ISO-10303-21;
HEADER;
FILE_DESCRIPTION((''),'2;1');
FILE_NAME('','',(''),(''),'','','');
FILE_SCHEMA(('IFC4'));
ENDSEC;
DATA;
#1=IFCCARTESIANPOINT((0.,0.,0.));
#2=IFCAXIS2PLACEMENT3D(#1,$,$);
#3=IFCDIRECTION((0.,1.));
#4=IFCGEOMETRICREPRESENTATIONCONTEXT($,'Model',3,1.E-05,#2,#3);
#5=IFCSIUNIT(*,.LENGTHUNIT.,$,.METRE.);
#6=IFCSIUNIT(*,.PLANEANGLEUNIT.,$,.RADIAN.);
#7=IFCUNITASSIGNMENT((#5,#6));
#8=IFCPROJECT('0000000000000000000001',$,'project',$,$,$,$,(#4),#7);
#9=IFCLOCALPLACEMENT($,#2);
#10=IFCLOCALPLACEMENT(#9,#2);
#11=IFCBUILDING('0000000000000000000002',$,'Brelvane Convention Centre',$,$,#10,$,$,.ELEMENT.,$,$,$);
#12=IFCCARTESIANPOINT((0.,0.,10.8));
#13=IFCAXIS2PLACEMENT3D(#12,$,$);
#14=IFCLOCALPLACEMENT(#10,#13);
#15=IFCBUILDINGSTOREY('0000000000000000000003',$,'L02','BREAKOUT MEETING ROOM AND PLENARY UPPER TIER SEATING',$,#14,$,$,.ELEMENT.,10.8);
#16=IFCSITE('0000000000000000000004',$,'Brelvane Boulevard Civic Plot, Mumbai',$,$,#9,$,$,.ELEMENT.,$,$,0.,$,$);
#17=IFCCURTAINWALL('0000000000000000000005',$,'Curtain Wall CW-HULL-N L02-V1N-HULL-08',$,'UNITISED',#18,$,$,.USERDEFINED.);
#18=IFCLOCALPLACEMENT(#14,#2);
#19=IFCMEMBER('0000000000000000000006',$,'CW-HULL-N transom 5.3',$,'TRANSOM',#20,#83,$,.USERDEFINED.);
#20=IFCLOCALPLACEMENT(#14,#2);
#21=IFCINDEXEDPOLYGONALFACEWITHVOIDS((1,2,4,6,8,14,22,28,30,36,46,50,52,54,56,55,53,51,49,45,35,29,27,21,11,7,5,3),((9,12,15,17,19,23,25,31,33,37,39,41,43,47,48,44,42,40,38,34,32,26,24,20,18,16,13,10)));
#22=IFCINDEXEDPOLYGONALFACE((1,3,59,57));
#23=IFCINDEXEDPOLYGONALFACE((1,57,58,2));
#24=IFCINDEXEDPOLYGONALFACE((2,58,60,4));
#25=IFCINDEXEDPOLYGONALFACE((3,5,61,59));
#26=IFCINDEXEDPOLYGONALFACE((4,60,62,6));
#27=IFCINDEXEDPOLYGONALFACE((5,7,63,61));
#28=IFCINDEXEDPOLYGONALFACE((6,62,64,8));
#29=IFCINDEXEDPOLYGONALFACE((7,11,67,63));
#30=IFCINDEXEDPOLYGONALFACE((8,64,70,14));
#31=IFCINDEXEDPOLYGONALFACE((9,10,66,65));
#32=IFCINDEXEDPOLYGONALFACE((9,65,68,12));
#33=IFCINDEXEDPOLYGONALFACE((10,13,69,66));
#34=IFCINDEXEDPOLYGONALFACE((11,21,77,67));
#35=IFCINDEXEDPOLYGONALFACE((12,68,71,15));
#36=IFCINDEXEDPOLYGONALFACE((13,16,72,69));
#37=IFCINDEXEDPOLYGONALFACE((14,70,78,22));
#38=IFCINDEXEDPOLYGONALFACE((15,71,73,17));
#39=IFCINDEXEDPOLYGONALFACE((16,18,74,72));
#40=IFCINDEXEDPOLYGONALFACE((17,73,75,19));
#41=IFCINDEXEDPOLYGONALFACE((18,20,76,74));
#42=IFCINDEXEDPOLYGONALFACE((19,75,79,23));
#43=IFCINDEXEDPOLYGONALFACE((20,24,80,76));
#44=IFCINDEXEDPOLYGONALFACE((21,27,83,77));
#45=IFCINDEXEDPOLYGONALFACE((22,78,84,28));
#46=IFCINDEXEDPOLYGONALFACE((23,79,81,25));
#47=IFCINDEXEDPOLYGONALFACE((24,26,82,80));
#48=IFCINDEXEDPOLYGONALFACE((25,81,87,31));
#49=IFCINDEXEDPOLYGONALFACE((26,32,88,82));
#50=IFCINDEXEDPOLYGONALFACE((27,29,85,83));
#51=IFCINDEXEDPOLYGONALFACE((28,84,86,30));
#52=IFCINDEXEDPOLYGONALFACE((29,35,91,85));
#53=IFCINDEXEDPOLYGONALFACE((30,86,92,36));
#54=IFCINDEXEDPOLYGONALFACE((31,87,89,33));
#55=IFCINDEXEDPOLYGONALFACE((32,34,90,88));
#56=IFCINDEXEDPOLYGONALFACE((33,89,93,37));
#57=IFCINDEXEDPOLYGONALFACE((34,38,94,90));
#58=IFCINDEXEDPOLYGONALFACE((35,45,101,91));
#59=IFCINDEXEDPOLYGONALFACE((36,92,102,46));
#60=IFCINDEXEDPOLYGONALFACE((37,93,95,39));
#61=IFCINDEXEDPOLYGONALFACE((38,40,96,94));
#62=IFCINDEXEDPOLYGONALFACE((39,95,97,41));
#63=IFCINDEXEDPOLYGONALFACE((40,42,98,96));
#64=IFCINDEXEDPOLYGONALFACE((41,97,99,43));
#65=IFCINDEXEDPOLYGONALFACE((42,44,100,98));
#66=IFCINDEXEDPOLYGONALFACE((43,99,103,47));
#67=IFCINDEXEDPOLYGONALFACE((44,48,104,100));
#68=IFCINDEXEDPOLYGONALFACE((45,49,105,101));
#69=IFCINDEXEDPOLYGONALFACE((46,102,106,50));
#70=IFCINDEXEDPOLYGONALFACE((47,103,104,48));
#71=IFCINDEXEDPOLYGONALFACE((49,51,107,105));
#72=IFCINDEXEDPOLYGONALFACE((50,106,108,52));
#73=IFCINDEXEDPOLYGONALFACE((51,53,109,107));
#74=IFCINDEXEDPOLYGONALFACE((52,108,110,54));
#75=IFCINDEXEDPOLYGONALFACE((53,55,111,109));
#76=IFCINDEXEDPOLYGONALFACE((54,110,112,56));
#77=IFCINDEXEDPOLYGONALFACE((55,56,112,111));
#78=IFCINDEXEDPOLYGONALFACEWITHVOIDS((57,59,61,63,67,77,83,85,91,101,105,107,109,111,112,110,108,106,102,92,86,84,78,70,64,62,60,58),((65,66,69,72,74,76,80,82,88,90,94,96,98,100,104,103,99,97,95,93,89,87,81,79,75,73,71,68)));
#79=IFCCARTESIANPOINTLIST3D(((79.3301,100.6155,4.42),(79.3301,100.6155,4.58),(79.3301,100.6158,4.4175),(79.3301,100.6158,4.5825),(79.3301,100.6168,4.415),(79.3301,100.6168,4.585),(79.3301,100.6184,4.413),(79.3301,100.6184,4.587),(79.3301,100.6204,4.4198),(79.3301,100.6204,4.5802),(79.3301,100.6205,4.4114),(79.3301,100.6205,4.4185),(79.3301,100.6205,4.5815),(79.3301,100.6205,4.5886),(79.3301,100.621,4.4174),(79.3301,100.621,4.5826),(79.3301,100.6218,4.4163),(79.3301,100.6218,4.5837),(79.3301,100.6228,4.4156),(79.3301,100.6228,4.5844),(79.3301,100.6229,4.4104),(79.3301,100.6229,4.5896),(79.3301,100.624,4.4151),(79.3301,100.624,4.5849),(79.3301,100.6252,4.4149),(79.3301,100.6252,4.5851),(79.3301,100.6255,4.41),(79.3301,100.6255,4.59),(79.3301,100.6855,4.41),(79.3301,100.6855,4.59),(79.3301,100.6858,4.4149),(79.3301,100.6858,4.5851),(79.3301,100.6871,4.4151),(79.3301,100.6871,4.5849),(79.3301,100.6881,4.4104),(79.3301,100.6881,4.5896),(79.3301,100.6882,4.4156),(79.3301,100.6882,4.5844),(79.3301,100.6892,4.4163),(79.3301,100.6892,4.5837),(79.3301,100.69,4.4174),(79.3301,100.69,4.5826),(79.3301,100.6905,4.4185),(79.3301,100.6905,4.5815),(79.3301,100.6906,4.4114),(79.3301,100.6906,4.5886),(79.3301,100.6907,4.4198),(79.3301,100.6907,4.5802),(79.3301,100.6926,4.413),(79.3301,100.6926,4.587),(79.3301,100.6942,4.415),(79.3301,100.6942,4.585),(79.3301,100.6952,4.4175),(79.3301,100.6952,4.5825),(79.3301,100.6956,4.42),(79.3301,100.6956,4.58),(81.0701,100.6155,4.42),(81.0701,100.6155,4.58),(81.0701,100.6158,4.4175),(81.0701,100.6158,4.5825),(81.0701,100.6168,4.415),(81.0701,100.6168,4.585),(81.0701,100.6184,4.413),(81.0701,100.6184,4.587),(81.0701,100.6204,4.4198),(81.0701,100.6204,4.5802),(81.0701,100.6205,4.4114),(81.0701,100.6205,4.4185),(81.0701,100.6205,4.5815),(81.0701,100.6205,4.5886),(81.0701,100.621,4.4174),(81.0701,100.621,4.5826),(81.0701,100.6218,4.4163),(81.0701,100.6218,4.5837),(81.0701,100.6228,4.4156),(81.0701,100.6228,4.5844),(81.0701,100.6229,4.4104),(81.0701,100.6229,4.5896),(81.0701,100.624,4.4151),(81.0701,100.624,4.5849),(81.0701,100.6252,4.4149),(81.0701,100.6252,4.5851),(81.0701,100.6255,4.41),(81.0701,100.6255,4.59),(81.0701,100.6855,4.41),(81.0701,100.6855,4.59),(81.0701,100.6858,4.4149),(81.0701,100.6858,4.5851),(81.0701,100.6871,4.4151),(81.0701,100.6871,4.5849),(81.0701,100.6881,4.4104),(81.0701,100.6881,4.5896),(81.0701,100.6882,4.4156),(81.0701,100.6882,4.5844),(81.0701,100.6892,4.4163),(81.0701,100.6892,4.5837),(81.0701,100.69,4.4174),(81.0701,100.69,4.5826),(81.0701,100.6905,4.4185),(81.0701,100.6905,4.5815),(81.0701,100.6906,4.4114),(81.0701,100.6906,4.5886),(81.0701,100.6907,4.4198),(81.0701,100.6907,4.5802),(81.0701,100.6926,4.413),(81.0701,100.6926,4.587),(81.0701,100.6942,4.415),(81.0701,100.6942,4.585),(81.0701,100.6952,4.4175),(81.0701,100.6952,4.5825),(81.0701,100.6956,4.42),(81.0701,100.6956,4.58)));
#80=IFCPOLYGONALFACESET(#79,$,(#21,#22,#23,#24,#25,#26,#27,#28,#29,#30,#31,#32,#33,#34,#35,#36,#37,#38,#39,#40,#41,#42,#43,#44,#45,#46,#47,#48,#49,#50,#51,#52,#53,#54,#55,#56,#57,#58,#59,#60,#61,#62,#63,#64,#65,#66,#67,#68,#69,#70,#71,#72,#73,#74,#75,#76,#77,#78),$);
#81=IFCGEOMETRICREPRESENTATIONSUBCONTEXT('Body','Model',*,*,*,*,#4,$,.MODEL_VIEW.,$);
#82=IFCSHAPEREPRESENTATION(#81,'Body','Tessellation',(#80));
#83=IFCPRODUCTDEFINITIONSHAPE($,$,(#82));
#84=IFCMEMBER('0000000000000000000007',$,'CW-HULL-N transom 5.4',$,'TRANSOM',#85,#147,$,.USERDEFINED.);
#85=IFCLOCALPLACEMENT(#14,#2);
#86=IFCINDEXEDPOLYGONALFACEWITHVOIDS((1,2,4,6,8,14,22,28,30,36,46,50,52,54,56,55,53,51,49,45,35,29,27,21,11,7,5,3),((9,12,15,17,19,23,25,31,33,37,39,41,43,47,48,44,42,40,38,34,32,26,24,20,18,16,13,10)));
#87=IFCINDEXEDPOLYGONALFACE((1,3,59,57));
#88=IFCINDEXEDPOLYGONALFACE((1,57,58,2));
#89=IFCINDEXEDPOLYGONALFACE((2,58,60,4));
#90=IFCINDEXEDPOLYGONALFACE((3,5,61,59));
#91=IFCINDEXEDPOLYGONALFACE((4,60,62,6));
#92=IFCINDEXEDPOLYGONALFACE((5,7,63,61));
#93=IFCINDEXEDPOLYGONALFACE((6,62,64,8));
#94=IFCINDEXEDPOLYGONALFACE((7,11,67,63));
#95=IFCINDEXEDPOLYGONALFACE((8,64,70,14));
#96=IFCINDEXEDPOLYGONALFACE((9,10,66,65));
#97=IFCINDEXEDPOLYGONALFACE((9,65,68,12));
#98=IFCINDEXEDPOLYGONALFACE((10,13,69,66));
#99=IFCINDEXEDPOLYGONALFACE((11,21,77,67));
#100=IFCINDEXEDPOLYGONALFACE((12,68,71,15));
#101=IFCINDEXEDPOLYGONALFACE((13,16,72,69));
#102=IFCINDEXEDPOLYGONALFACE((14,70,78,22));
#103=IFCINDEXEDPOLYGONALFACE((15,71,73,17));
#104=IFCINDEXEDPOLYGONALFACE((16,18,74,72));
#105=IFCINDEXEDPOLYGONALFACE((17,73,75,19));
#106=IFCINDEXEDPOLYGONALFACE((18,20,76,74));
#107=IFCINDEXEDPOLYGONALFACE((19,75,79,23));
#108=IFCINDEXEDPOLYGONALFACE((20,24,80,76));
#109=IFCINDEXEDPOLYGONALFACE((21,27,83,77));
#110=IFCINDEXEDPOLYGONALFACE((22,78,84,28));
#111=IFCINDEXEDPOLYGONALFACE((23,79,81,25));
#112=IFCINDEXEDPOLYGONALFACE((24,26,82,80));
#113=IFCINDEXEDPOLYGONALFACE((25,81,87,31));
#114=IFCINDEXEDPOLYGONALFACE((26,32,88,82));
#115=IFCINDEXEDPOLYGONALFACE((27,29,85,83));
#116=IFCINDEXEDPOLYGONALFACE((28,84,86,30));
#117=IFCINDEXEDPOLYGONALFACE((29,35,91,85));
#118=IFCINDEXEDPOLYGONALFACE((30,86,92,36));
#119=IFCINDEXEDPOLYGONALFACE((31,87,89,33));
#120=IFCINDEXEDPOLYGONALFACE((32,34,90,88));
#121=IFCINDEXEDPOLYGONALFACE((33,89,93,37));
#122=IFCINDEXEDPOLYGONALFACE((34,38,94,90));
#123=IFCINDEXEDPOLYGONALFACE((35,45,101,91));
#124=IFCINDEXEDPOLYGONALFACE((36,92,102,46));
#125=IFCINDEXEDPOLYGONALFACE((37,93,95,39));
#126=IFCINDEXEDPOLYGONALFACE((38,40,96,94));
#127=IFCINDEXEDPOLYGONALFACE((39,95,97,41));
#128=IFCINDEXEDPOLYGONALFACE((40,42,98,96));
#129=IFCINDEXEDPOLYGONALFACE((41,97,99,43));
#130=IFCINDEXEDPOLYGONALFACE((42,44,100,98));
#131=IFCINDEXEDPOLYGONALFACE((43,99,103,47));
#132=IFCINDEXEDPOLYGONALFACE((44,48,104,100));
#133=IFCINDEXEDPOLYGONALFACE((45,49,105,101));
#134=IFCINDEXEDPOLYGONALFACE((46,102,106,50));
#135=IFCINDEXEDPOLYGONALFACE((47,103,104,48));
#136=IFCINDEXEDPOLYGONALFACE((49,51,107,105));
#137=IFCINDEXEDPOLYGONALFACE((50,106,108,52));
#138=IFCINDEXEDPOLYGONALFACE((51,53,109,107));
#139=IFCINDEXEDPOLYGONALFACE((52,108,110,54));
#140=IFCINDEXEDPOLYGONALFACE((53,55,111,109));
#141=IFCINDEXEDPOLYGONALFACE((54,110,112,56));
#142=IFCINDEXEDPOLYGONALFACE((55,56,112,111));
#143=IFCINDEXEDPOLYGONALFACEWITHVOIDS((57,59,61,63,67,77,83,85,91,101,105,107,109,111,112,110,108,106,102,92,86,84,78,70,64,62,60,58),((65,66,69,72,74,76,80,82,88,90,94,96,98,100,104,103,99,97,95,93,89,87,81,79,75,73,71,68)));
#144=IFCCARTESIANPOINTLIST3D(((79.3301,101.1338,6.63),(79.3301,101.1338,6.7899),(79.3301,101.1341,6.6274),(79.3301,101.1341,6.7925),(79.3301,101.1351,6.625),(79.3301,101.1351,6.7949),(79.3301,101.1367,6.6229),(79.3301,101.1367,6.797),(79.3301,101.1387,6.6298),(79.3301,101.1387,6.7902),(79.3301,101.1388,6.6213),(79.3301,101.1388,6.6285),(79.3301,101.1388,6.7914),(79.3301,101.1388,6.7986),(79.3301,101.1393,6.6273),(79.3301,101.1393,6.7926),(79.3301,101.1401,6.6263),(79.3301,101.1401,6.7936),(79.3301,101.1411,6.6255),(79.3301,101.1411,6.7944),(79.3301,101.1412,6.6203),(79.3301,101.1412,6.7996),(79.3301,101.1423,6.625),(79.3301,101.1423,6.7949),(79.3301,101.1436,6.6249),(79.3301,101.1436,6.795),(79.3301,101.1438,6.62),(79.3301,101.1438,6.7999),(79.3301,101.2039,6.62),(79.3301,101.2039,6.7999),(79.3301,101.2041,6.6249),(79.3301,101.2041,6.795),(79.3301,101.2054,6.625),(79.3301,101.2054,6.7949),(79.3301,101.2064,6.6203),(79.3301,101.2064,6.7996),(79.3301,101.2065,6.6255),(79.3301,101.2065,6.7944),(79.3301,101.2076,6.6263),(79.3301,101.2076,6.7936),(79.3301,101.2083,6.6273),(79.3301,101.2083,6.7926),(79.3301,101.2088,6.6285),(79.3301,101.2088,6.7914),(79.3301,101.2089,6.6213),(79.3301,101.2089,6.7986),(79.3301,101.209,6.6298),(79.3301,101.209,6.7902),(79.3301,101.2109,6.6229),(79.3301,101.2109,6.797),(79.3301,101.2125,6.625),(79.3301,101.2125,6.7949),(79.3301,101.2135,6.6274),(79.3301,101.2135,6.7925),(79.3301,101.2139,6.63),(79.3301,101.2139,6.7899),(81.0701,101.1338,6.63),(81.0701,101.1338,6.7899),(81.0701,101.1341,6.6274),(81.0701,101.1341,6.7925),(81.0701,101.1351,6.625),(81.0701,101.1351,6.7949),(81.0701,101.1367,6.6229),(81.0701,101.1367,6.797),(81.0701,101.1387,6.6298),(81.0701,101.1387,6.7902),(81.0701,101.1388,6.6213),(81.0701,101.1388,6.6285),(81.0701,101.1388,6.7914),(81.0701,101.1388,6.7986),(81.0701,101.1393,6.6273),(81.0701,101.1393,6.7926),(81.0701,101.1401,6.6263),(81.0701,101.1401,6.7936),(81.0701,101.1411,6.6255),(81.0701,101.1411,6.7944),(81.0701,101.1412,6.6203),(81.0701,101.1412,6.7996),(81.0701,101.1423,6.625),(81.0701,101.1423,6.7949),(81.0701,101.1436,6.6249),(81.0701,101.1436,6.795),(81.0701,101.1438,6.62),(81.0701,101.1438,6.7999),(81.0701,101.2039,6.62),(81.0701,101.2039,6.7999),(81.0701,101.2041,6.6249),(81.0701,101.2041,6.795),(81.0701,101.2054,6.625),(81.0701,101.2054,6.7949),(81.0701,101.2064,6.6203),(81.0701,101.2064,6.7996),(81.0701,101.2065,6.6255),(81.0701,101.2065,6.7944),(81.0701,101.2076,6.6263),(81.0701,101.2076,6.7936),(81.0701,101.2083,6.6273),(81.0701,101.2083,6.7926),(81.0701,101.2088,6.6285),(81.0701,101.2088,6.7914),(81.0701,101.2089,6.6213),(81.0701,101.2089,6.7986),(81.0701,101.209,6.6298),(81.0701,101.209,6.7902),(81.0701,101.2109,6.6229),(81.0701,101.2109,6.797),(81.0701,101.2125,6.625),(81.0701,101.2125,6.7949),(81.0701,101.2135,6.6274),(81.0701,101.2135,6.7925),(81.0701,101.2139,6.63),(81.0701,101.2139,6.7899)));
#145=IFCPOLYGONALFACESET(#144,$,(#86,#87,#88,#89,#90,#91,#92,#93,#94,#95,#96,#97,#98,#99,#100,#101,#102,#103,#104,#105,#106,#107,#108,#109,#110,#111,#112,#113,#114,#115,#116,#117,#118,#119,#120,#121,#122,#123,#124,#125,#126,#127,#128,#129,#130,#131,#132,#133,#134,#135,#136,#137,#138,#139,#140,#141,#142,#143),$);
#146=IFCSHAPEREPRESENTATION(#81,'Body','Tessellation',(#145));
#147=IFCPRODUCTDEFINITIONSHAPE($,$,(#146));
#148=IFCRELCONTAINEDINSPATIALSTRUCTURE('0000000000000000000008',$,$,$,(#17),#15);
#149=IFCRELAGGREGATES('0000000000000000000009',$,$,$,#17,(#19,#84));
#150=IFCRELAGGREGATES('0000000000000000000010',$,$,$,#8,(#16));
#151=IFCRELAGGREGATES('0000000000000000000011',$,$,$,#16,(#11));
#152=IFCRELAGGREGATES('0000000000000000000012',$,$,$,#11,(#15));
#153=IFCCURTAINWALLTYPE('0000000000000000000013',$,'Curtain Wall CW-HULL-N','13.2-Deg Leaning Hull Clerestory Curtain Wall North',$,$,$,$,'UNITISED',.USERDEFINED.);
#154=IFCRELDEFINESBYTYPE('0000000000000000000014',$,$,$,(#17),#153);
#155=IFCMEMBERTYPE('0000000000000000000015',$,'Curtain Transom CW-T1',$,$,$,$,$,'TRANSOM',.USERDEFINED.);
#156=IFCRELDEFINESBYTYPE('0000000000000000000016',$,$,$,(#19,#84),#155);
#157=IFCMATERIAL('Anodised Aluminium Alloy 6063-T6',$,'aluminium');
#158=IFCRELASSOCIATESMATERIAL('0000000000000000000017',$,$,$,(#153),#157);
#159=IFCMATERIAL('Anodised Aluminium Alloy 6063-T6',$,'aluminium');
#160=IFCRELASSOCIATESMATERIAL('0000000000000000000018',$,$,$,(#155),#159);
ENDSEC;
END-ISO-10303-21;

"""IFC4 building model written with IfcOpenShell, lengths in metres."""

from ifc_helpers import new_model, si_unit, direction, frame, origin, origin_2d, place, context, subcontext, project, spatial, hollow_rectangle, extrude, material, material_profile, profile_set, type_object, element, aggregate, save


model = new_model("IFC4")

# Units and contexts
model_context = context("Model", 3, precision=1e-05, world=origin(), true_north=direction((0.0, 1.0)))
body_context = subcontext(model_context, "Body", "Model", "MODEL_VIEW")
ifc_project = project(units=[si_unit("LENGTHUNIT", "METRE"), si_unit("PLANEANGLEUNIT", "RADIAN")], contexts=[model_context])

# Site, building, storey
site_placement = place(None, origin())
site = spatial("IfcSite", under=ifc_project, at=site_placement, Name="Brelvane Boulevard Civic Plot, Mumbai", CompositionType="ELEMENT", RefElevation=0.0)
building_placement = place(site_placement, origin())
building = spatial("IfcBuilding", under=site, at=building_placement, Name="Brelvane Convention Centre", CompositionType="ELEMENT")
storey_placement = place(building_placement, frame((0.0, 0.0, 10.8)))
storey = spatial("IfcBuildingStorey", under=building, at=storey_placement, Name="L02", Description="BREAKOUT MEETING ROOM AND PLENARY UPPER TIER SEATING", CompositionType="ELEMENT", Elevation=10.8)

# Curtain wall
ifc_material_1 = material(Name="Anodised Aluminium Alloy 6063-T6", Category="aluminium")
curtain_wall_type = type_object("IfcCurtainWallType", Name="Curtain Wall CW-HULL-N", Description="13.2-Deg Leaning Hull Clerestory Curtain Wall North", ElementType="UNITISED", PredefinedType="USERDEFINED", material=ifc_material_1)
curtain_wall_1_placement = place(storey_placement, origin())
curtain_wall_1 = element("IfcCurtainWall", 1, at=curtain_wall_1_placement, inside=storey, type_object=curtain_wall_type, Name="Curtain Wall CW-HULL-N L02-V1N-HULL-08", ObjectType="UNITISED", PredefinedType="USERDEFINED")

# Members
ifc_material_2 = material(Name="Anodised Aluminium Alloy 6063-T6", Category="aluminium")
ifc_material_profile_1 = material_profile(ifc_material_2, hollow_rectangle(XDim=0.0801, YDim=0.1799, WallThickness=0.0049, InnerFilletRadius=0.0049, OuterFilletRadius=0.01, at=origin_2d()), Name="ALU-T 180x80x5.0")
ifc_profile_set_1 = profile_set([ifc_material_profile_1], Name="Anodised Aluminium Alloy 6063-T6")
member_type_1 = type_object("IfcMemberType", Name="Curtain Transom CW-T1", ElementType="TRANSOM", PredefinedType="USERDEFINED", material=ifc_profile_set_1)
member_1_placement = place(storey_placement, frame((79.3301, 100.6555, 4.5), z_axis=(1.0, 0.0, 0.0), x_axis=(0.0, 1.0, 0.0)))
member_1 = element("IfcMember", 2, at=member_1_placement, type_object=member_type_1, Name="CW-HULL-N transom 5.3", ObjectType="TRANSOM", PredefinedType="USERDEFINED", context=body_context, shape_type="SweptSolid", body=[
    extrude(hollow_rectangle(XDim=0.0801, YDim=0.1799, WallThickness=0.0049, InnerFilletRadius=0.0049, OuterFilletRadius=0.01, at=origin_2d()), origin(), (0.0, 0.0, 1.0), 1.74),
])
member_2_placement = place(storey_placement, frame((79.3301, 101.1738, 6.71), z_axis=(1.0, 0.0, 0.0), x_axis=(0.0, 1.0, 0.0)))
member_2 = element("IfcMember", 3, at=member_2_placement, type_object=member_type_1, Name="CW-HULL-N transom 5.4", ObjectType="TRANSOM", PredefinedType="USERDEFINED", context=body_context, shape_type="SweptSolid", body=[
    extrude(hollow_rectangle(XDim=0.0801, YDim=0.1799, WallThickness=0.0049, InnerFilletRadius=0.0049, OuterFilletRadius=0.01, at=origin_2d()), origin(), (0.0, 0.0, 1.0), 1.74),
])

aggregate(curtain_wall_1, [member_1, member_2])

save(model, "model.ifc")
